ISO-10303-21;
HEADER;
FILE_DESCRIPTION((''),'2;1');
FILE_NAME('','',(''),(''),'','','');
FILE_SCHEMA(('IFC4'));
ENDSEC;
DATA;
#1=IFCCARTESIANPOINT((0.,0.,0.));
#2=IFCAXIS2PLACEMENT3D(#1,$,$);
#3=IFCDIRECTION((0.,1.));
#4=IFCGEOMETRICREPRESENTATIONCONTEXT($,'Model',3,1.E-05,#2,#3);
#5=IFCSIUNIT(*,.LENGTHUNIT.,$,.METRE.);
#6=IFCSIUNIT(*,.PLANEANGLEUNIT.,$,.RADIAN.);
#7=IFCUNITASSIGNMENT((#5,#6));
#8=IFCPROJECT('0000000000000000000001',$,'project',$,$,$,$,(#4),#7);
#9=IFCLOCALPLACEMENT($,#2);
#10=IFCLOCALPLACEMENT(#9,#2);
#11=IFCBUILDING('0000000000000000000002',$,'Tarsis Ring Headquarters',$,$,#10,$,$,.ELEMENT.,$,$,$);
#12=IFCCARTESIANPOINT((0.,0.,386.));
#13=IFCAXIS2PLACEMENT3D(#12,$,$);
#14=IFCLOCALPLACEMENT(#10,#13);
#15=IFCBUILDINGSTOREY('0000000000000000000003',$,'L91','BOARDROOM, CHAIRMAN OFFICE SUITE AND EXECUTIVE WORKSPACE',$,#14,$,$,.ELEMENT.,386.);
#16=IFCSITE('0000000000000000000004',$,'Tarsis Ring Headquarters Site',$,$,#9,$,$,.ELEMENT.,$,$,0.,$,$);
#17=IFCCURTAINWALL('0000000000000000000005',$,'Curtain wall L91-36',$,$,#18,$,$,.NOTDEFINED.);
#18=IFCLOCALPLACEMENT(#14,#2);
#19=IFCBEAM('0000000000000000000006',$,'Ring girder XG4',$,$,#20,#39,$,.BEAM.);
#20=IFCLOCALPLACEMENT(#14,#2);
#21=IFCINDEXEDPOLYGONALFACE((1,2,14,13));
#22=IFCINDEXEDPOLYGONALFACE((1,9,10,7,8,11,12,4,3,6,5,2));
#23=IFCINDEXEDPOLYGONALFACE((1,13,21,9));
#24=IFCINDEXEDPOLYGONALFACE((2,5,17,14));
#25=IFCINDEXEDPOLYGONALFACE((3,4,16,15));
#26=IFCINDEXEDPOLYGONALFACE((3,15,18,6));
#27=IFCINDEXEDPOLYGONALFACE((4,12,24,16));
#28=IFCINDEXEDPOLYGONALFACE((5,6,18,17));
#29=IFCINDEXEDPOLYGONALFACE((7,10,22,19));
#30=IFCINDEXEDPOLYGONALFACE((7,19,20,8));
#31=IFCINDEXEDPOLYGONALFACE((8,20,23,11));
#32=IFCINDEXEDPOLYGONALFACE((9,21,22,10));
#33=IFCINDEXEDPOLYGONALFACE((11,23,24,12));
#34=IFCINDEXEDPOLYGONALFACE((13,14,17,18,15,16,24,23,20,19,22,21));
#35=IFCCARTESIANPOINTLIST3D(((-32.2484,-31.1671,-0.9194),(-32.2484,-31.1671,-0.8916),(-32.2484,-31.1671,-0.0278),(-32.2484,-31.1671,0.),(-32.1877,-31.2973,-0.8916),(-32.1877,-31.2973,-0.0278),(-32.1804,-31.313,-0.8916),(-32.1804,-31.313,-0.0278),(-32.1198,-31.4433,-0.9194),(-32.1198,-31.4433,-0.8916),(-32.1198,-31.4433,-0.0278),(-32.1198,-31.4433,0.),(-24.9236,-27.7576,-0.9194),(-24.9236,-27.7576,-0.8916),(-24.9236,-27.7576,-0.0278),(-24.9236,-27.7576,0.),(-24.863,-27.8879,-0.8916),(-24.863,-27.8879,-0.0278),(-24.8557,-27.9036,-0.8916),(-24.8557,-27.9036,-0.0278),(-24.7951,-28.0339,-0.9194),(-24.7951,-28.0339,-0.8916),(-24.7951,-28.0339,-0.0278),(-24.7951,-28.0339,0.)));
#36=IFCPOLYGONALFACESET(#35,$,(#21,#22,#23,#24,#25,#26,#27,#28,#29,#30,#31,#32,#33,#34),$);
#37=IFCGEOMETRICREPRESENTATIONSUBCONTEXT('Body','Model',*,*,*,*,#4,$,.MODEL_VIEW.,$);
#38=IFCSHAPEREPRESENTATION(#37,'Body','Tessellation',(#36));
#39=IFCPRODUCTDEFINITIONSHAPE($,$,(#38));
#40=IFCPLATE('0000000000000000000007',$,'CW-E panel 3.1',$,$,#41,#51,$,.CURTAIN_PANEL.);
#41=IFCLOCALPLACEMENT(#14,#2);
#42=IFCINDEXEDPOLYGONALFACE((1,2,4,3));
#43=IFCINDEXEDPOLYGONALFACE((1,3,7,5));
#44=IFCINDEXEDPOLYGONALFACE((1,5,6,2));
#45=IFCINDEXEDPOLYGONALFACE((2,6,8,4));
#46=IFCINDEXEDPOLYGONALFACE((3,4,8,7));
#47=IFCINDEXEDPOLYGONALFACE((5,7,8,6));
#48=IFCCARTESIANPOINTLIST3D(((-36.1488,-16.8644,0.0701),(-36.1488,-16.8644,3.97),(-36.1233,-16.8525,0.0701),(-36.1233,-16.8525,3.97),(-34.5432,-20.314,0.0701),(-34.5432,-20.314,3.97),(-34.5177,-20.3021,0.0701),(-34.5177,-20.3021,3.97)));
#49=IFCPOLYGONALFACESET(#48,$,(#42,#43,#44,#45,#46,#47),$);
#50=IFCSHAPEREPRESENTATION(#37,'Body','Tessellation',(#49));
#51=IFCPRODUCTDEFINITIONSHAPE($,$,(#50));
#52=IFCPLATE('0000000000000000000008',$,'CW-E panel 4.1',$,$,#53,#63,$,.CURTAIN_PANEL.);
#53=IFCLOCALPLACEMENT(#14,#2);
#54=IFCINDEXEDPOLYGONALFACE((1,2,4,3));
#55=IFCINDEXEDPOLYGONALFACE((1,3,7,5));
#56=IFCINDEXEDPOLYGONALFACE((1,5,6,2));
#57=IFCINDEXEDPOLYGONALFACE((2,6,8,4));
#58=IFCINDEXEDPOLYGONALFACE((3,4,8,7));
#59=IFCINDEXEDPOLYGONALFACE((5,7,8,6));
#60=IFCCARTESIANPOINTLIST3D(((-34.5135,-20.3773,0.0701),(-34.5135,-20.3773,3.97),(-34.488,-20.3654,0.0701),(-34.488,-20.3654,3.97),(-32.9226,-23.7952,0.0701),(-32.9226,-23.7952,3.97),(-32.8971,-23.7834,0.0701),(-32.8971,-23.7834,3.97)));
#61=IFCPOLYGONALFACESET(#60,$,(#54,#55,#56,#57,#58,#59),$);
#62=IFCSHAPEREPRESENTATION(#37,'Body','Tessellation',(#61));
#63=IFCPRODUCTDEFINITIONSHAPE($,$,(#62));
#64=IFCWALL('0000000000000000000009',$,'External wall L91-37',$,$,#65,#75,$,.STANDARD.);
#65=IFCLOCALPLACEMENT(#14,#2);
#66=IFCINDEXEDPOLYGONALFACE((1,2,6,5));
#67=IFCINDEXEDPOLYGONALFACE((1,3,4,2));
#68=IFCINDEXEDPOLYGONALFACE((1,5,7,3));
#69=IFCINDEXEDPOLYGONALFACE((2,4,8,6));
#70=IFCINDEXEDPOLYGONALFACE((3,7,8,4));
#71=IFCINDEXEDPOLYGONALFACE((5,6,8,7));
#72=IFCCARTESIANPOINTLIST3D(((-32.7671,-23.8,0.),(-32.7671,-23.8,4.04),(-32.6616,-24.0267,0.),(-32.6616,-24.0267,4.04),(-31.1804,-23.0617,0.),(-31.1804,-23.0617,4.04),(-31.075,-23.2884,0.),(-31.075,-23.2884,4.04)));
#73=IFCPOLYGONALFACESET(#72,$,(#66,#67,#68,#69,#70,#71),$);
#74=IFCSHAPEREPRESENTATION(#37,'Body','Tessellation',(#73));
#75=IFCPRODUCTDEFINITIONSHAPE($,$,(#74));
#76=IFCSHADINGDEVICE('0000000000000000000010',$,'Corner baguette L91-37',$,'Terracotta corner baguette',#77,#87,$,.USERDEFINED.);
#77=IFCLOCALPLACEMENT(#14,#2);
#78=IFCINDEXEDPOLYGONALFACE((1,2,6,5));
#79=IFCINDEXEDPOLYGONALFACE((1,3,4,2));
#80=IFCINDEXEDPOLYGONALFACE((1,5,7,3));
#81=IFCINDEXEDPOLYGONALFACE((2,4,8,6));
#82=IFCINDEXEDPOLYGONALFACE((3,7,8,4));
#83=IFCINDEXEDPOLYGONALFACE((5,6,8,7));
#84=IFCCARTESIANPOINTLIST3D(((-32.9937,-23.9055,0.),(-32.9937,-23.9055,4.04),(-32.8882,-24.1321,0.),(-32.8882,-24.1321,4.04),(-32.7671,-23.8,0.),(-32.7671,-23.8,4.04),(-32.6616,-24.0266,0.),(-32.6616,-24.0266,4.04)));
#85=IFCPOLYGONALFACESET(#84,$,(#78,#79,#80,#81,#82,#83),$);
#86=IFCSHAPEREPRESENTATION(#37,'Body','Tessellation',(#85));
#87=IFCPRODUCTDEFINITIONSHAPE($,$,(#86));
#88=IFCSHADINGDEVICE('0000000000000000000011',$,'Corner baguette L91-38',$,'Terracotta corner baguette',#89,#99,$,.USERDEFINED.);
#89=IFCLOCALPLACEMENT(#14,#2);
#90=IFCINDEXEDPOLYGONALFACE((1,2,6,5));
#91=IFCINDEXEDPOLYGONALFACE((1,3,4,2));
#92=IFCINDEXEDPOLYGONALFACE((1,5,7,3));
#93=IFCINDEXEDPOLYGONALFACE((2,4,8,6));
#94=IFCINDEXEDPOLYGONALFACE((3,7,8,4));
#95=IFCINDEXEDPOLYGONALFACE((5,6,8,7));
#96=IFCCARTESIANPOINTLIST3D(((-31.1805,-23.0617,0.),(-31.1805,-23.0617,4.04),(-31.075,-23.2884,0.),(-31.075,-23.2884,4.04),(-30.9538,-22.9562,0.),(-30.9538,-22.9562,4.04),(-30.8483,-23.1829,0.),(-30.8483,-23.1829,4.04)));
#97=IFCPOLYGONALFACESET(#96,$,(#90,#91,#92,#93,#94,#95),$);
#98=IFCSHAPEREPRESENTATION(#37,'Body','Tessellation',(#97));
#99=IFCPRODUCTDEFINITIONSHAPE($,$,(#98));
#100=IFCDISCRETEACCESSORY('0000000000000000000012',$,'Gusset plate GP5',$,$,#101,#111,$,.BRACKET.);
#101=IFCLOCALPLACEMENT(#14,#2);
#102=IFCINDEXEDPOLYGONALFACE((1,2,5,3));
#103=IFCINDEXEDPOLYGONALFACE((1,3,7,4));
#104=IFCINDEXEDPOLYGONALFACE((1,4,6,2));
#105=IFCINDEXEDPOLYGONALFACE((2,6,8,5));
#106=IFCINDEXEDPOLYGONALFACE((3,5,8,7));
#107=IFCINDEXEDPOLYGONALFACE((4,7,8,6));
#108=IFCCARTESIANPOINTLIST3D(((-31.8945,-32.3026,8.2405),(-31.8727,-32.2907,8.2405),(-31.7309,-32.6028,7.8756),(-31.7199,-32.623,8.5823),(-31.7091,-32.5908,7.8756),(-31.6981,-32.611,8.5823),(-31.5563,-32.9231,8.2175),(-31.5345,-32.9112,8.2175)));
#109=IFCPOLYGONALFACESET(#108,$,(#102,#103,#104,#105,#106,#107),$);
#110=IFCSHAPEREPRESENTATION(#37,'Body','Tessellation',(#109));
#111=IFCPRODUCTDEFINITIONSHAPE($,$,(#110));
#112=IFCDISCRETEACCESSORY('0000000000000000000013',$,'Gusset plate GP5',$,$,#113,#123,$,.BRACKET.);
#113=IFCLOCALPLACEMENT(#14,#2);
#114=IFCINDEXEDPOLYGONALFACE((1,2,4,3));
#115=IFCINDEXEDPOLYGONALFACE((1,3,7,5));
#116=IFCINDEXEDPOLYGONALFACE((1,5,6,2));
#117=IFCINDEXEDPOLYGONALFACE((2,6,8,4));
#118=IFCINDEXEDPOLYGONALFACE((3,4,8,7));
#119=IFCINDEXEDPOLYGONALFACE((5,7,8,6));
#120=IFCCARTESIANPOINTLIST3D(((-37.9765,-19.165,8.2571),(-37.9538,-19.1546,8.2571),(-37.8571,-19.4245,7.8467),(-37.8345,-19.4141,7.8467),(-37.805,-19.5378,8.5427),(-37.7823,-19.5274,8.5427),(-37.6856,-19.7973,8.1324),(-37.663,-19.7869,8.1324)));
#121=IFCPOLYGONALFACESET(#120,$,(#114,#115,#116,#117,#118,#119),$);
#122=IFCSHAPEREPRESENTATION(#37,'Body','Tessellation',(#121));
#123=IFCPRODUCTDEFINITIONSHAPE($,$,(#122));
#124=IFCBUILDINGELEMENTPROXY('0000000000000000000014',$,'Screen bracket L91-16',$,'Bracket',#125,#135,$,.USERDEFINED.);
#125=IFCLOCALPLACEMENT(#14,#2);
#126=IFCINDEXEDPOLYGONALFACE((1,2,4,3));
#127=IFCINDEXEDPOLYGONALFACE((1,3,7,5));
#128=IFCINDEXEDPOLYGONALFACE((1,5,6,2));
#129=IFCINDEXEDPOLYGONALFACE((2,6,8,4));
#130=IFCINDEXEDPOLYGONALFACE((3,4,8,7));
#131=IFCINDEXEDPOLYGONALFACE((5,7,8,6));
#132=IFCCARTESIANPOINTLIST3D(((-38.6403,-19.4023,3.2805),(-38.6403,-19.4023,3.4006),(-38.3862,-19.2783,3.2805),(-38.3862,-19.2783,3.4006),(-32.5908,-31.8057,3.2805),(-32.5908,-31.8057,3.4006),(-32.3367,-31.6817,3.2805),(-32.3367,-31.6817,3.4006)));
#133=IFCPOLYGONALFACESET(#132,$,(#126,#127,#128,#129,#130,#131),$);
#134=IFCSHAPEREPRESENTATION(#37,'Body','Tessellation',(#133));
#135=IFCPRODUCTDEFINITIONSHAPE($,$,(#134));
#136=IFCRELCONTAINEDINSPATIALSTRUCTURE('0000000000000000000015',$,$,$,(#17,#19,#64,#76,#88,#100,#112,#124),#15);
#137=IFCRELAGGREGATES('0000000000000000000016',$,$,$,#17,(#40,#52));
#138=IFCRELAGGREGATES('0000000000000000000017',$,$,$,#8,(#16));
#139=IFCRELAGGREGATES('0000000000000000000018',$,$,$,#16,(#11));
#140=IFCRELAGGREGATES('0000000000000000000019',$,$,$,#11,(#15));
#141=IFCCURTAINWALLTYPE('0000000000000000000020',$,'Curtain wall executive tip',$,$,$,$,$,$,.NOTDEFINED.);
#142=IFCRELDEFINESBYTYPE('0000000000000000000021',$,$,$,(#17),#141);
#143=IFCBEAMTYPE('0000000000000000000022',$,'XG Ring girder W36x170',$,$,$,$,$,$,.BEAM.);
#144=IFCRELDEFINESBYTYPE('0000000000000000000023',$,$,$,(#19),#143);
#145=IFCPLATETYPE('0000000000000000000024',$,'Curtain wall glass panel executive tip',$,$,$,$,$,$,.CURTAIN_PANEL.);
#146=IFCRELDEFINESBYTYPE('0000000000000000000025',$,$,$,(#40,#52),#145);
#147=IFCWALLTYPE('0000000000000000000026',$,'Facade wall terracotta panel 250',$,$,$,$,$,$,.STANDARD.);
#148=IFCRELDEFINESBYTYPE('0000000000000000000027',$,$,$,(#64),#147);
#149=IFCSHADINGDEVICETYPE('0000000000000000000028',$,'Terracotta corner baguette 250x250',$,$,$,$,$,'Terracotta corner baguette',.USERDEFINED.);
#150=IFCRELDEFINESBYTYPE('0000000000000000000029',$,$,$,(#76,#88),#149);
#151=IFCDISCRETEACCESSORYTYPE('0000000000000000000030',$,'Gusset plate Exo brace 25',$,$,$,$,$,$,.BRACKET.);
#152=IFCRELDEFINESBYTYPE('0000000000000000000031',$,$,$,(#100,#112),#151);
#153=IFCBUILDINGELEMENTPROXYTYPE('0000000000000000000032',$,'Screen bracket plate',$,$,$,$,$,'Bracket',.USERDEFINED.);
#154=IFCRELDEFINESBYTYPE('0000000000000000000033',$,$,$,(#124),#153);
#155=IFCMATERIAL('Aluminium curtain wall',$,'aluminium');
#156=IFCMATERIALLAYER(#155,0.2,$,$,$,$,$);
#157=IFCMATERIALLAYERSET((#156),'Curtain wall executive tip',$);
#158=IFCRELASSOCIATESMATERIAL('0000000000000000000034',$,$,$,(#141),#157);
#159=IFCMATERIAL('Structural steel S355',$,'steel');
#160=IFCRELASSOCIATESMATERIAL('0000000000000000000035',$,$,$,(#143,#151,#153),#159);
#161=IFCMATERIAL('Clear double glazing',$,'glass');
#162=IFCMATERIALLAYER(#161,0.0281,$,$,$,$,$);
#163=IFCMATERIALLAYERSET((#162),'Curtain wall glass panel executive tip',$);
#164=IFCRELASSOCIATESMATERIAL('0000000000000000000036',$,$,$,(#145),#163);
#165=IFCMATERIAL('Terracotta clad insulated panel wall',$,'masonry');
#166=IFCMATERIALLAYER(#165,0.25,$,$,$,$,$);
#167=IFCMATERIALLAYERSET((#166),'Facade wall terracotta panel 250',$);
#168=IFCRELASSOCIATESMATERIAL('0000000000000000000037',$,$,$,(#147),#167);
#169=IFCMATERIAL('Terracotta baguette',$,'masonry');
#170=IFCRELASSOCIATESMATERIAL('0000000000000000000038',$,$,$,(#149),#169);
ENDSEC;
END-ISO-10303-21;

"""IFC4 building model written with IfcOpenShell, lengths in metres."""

from ifc_helpers import new_model, si_unit, direction, frame, frame_2d, origin, origin_2d, place, context, subcontext, project, spatial, rectangle, i_section, extrude, material, layer, layer_set, material_profile, profile_set, type_object, element, aggregate, save


model = new_model("IFC4")

# Units and contexts
model_context = context("Model", 3, precision=1e-05, world=origin(), true_north=direction((0.0, 1.0)))
body_context = subcontext(model_context, "Body", "Model", "MODEL_VIEW")
ifc_project = project(units=[si_unit("LENGTHUNIT", "METRE"), si_unit("PLANEANGLEUNIT", "RADIAN")], contexts=[model_context])

# Site, building, storey
site_placement = place(None, origin())
site = spatial("IfcSite", under=ifc_project, at=site_placement, Name="Tarsis Ring Headquarters Site", CompositionType="ELEMENT", RefElevation=0.0)
building_placement = place(site_placement, origin())
building = spatial("IfcBuilding", under=site, at=building_placement, Name="Tarsis Ring Headquarters", CompositionType="ELEMENT")
storey_placement = place(building_placement, frame((0.0, 0.0, 386.0)))
storey = spatial("IfcBuildingStorey", under=building, at=storey_placement, Name="L91", Description="BOARDROOM, CHAIRMAN OFFICE SUITE AND EXECUTIVE WORKSPACE", CompositionType="ELEMENT", Elevation=386.0)

# Shared definitions
ifc_material_1 = material(Name="Structural steel S355", Category="steel")

# Curtain wall
ifc_material_2 = material(Name="Aluminium curtain wall", Category="aluminium")
ifc_layer_1 = layer(ifc_material_2, 0.2)
ifc_layer_set_1 = layer_set([ifc_layer_1], Name="Curtain wall executive tip")
curtain_wall_type = type_object("IfcCurtainWallType", Name="Curtain wall executive tip", PredefinedType="NOTDEFINED", material=ifc_layer_set_1)
curtain_wall_placement = place(storey_placement, origin())
curtain_wall = element("IfcCurtainWall", 1, at=curtain_wall_placement, inside=storey, type_object=curtain_wall_type, Name="Curtain wall L91-36", PredefinedType="NOTDEFINED")

# Beam
ifc_material_profile_1 = material_profile(ifc_material_1, i_section(OverallWidth=0.3047, OverallDepth=0.9194, WebThickness=0.0173, FlangeThickness=0.0278, at=origin_2d()), Name="W36x170")
ifc_profile_set_1 = profile_set([ifc_material_profile_1], Name="Structural steel S355")
beam_type = type_object("IfcBeamType", Name="XG Ring girder W36x170", PredefinedType="BEAM", material=ifc_profile_set_1)
beam_1_placement = place(storey_placement, frame((-32.1841, -31.3052, -0.4597), z_axis=(0.906599, 0.421994, 0.0), x_axis=(-0.421994, 0.906599, 0.0)))
element("IfcBeam", 2, at=beam_1_placement, inside=storey, type_object=beam_type, Name="Ring girder XG4", PredefinedType="BEAM", context=body_context, shape_type="SweptSolid", body=[
    extrude(i_section(OverallWidth=0.3047, OverallDepth=0.9194, WebThickness=0.0173, FlangeThickness=0.0278, at=origin_2d()), origin(), (0.0, 0.0, 1.0), 8.0793),
])

# Plates
ifc_material_3 = material(Name="Clear double glazing", Category="glass")
ifc_layer_2 = layer(ifc_material_3, 0.0281)
ifc_layer_set_2 = layer_set([ifc_layer_2], Name="Curtain wall glass panel executive tip")
plate_type = type_object("IfcPlateType", Name="Curtain wall glass panel executive tip", PredefinedType="CURTAIN_PANEL", material=ifc_layer_set_2)
plate_1_placement = place(storey_placement, frame((-35.3333, -18.5833, 0.0701), z_axis=(0.0, 0.0, 1.0), x_axis=(0.421985, -0.906603, 0.0)))
plate_1 = element("IfcPlate", 3, at=plate_1_placement, type_object=plate_type, Name="CW-E panel 3.1", PredefinedType="CURTAIN_PANEL", context=body_context, shape_type="SweptSolid", body=[
    extrude(rectangle(XDim=3.8049, YDim=0.0281, at=origin_2d()), origin(), (0.0, 0.0, 1.0), 3.8999),
])
plate_2_placement = place(storey_placement, frame((-33.7053, -22.0803, 0.0701), z_axis=(0.0, 0.0, 1.0), x_axis=(0.421985, -0.906603, 0.0)))
plate_2 = element("IfcPlate", 4, at=plate_2_placement, type_object=plate_type, Name="CW-E panel 4.1", PredefinedType="CURTAIN_PANEL", context=body_context, shape_type="SweptSolid", body=[
    extrude(rectangle(XDim=3.77, YDim=0.0281, at=origin_2d()), origin(), (0.0, 0.0, 1.0), 3.8999),
])
aggregate(curtain_wall, [plate_1, plate_2])

# Wall
ifc_material_4 = material(Name="Terracotta clad insulated panel wall", Category="masonry")
ifc_layer_3 = layer(ifc_material_4, 0.25)
ifc_layer_set_3 = layer_set([ifc_layer_3], Name="Facade wall terracotta panel 250")
wall_type = type_object("IfcWallType", Name="Facade wall terracotta panel 250", PredefinedType="STANDARD", material=ifc_layer_set_3)
wall_placement = place(storey_placement, frame((-32.7144, -23.9133, 0.0), z_axis=(0.0, 0.0, 1.0), x_axis=(0.906657, 0.421869, 0.0)))
element("IfcWall", 5, at=wall_placement, inside=storey, type_object=wall_type, Name="External wall L91-37", PredefinedType="STANDARD", context=body_context, shape_type="SweptSolid", body=[
    extrude(rectangle(XDim=1.75, YDim=0.25, at=frame_2d((0.875, 0.0))), origin(), (0.0, 0.0, 1.0), 4.04),
])

# Shading devices
ifc_material_5 = material(Name="Terracotta baguette", Category="masonry")
shading_device_type_1 = type_object("IfcShadingDeviceType", Name="Terracotta corner baguette 250x250", ElementType="Terracotta corner baguette", PredefinedType="USERDEFINED", material=ifc_material_5)
for number, where, z_axis, x_axis, name in (
    (6, (-32.8276, -23.9661, 0.0), (0.0, 0.0, 1.0), (0.421985, -0.906603, 0.0), "Corner baguette L91-37"),
    (7, (-31.0144, -23.1223, 0.0), (0.0, 0.0, 1.0), (0.906603, 0.421986, 0.0), "Corner baguette L91-38"),
):
    element("IfcShadingDevice", number, at=place(storey_placement, frame(where, z_axis=z_axis, x_axis=x_axis)), inside=storey, type_object=shading_device_type_1, Name=name, ObjectType="Terracotta corner baguette", PredefinedType="USERDEFINED", context=body_context, shape_type="SweptSolid", body=[
        extrude(rectangle(XDim=0.25, YDim=0.25, at=origin_2d()), origin(), (0.0, 0.0, 1.0), 4.04),
    ])

# Discrete accessories
ifc_material_profile_2 = material_profile(ifc_material_1, rectangle(XDim=0.0249, YDim=0.5, at=origin_2d()), Name="PL 25x500")
ifc_profile_set_2 = profile_set([ifc_material_profile_2], Name="Structural steel S355")
discrete_accessory_type = type_object("IfcDiscreteAccessoryType", Name="Gusset plate Exo brace 25", PredefinedType="BRACKET", material=ifc_profile_set_2)
for number, where, z_axis, x_axis, name in (
    (8, (-31.6272, -32.7671, 8.3999), (-0.349193, 0.640758, -0.683735), (-0.878075, -0.478524, 0.0), "Gusset plate GP5"),
    (9, (-37.8794, -19.3462, 8.3999), (0.238754, -0.519009, -0.820747), (0.908484, 0.41792, 0.0), "Gusset plate GP5"),
):
    element("IfcDiscreteAccessory", number, at=place(storey_placement, frame(where, z_axis=z_axis, x_axis=x_axis)), inside=storey, type_object=discrete_accessory_type, Name=name, PredefinedType="BRACKET", context=body_context, shape_type="SweptSolid", body=[
        extrude(rectangle(XDim=0.0249, YDim=0.5, at=origin_2d()), origin(), (0.0, 0.0, 1.0), 0.5),
    ])

# Building element proxy
building_element_proxy_type = type_object("IfcBuildingElementProxyType", Name="Screen bracket plate", ElementType="Bracket", PredefinedType="USERDEFINED", material=ifc_material_1)
proxy_placement = place(storey_placement, frame((-35.4885, -25.542, 3.2805), z_axis=(0.0, 0.0, 1.0), x_axis=(0.438371, -0.898794, 0.0)))
element("IfcBuildingElementProxy", 10, at=proxy_placement, inside=storey, type_object=building_element_proxy_type, Name="Screen bracket L91-16", ObjectType="Bracket", PredefinedType="USERDEFINED", context=body_context, shape_type="SweptSolid", body=[
    extrude(rectangle(XDim=13.8, YDim=0.2827, at=origin_2d()), origin(), (0.0, 0.0, 1.0), 0.1201),
])

save(model, "model.ifc")
